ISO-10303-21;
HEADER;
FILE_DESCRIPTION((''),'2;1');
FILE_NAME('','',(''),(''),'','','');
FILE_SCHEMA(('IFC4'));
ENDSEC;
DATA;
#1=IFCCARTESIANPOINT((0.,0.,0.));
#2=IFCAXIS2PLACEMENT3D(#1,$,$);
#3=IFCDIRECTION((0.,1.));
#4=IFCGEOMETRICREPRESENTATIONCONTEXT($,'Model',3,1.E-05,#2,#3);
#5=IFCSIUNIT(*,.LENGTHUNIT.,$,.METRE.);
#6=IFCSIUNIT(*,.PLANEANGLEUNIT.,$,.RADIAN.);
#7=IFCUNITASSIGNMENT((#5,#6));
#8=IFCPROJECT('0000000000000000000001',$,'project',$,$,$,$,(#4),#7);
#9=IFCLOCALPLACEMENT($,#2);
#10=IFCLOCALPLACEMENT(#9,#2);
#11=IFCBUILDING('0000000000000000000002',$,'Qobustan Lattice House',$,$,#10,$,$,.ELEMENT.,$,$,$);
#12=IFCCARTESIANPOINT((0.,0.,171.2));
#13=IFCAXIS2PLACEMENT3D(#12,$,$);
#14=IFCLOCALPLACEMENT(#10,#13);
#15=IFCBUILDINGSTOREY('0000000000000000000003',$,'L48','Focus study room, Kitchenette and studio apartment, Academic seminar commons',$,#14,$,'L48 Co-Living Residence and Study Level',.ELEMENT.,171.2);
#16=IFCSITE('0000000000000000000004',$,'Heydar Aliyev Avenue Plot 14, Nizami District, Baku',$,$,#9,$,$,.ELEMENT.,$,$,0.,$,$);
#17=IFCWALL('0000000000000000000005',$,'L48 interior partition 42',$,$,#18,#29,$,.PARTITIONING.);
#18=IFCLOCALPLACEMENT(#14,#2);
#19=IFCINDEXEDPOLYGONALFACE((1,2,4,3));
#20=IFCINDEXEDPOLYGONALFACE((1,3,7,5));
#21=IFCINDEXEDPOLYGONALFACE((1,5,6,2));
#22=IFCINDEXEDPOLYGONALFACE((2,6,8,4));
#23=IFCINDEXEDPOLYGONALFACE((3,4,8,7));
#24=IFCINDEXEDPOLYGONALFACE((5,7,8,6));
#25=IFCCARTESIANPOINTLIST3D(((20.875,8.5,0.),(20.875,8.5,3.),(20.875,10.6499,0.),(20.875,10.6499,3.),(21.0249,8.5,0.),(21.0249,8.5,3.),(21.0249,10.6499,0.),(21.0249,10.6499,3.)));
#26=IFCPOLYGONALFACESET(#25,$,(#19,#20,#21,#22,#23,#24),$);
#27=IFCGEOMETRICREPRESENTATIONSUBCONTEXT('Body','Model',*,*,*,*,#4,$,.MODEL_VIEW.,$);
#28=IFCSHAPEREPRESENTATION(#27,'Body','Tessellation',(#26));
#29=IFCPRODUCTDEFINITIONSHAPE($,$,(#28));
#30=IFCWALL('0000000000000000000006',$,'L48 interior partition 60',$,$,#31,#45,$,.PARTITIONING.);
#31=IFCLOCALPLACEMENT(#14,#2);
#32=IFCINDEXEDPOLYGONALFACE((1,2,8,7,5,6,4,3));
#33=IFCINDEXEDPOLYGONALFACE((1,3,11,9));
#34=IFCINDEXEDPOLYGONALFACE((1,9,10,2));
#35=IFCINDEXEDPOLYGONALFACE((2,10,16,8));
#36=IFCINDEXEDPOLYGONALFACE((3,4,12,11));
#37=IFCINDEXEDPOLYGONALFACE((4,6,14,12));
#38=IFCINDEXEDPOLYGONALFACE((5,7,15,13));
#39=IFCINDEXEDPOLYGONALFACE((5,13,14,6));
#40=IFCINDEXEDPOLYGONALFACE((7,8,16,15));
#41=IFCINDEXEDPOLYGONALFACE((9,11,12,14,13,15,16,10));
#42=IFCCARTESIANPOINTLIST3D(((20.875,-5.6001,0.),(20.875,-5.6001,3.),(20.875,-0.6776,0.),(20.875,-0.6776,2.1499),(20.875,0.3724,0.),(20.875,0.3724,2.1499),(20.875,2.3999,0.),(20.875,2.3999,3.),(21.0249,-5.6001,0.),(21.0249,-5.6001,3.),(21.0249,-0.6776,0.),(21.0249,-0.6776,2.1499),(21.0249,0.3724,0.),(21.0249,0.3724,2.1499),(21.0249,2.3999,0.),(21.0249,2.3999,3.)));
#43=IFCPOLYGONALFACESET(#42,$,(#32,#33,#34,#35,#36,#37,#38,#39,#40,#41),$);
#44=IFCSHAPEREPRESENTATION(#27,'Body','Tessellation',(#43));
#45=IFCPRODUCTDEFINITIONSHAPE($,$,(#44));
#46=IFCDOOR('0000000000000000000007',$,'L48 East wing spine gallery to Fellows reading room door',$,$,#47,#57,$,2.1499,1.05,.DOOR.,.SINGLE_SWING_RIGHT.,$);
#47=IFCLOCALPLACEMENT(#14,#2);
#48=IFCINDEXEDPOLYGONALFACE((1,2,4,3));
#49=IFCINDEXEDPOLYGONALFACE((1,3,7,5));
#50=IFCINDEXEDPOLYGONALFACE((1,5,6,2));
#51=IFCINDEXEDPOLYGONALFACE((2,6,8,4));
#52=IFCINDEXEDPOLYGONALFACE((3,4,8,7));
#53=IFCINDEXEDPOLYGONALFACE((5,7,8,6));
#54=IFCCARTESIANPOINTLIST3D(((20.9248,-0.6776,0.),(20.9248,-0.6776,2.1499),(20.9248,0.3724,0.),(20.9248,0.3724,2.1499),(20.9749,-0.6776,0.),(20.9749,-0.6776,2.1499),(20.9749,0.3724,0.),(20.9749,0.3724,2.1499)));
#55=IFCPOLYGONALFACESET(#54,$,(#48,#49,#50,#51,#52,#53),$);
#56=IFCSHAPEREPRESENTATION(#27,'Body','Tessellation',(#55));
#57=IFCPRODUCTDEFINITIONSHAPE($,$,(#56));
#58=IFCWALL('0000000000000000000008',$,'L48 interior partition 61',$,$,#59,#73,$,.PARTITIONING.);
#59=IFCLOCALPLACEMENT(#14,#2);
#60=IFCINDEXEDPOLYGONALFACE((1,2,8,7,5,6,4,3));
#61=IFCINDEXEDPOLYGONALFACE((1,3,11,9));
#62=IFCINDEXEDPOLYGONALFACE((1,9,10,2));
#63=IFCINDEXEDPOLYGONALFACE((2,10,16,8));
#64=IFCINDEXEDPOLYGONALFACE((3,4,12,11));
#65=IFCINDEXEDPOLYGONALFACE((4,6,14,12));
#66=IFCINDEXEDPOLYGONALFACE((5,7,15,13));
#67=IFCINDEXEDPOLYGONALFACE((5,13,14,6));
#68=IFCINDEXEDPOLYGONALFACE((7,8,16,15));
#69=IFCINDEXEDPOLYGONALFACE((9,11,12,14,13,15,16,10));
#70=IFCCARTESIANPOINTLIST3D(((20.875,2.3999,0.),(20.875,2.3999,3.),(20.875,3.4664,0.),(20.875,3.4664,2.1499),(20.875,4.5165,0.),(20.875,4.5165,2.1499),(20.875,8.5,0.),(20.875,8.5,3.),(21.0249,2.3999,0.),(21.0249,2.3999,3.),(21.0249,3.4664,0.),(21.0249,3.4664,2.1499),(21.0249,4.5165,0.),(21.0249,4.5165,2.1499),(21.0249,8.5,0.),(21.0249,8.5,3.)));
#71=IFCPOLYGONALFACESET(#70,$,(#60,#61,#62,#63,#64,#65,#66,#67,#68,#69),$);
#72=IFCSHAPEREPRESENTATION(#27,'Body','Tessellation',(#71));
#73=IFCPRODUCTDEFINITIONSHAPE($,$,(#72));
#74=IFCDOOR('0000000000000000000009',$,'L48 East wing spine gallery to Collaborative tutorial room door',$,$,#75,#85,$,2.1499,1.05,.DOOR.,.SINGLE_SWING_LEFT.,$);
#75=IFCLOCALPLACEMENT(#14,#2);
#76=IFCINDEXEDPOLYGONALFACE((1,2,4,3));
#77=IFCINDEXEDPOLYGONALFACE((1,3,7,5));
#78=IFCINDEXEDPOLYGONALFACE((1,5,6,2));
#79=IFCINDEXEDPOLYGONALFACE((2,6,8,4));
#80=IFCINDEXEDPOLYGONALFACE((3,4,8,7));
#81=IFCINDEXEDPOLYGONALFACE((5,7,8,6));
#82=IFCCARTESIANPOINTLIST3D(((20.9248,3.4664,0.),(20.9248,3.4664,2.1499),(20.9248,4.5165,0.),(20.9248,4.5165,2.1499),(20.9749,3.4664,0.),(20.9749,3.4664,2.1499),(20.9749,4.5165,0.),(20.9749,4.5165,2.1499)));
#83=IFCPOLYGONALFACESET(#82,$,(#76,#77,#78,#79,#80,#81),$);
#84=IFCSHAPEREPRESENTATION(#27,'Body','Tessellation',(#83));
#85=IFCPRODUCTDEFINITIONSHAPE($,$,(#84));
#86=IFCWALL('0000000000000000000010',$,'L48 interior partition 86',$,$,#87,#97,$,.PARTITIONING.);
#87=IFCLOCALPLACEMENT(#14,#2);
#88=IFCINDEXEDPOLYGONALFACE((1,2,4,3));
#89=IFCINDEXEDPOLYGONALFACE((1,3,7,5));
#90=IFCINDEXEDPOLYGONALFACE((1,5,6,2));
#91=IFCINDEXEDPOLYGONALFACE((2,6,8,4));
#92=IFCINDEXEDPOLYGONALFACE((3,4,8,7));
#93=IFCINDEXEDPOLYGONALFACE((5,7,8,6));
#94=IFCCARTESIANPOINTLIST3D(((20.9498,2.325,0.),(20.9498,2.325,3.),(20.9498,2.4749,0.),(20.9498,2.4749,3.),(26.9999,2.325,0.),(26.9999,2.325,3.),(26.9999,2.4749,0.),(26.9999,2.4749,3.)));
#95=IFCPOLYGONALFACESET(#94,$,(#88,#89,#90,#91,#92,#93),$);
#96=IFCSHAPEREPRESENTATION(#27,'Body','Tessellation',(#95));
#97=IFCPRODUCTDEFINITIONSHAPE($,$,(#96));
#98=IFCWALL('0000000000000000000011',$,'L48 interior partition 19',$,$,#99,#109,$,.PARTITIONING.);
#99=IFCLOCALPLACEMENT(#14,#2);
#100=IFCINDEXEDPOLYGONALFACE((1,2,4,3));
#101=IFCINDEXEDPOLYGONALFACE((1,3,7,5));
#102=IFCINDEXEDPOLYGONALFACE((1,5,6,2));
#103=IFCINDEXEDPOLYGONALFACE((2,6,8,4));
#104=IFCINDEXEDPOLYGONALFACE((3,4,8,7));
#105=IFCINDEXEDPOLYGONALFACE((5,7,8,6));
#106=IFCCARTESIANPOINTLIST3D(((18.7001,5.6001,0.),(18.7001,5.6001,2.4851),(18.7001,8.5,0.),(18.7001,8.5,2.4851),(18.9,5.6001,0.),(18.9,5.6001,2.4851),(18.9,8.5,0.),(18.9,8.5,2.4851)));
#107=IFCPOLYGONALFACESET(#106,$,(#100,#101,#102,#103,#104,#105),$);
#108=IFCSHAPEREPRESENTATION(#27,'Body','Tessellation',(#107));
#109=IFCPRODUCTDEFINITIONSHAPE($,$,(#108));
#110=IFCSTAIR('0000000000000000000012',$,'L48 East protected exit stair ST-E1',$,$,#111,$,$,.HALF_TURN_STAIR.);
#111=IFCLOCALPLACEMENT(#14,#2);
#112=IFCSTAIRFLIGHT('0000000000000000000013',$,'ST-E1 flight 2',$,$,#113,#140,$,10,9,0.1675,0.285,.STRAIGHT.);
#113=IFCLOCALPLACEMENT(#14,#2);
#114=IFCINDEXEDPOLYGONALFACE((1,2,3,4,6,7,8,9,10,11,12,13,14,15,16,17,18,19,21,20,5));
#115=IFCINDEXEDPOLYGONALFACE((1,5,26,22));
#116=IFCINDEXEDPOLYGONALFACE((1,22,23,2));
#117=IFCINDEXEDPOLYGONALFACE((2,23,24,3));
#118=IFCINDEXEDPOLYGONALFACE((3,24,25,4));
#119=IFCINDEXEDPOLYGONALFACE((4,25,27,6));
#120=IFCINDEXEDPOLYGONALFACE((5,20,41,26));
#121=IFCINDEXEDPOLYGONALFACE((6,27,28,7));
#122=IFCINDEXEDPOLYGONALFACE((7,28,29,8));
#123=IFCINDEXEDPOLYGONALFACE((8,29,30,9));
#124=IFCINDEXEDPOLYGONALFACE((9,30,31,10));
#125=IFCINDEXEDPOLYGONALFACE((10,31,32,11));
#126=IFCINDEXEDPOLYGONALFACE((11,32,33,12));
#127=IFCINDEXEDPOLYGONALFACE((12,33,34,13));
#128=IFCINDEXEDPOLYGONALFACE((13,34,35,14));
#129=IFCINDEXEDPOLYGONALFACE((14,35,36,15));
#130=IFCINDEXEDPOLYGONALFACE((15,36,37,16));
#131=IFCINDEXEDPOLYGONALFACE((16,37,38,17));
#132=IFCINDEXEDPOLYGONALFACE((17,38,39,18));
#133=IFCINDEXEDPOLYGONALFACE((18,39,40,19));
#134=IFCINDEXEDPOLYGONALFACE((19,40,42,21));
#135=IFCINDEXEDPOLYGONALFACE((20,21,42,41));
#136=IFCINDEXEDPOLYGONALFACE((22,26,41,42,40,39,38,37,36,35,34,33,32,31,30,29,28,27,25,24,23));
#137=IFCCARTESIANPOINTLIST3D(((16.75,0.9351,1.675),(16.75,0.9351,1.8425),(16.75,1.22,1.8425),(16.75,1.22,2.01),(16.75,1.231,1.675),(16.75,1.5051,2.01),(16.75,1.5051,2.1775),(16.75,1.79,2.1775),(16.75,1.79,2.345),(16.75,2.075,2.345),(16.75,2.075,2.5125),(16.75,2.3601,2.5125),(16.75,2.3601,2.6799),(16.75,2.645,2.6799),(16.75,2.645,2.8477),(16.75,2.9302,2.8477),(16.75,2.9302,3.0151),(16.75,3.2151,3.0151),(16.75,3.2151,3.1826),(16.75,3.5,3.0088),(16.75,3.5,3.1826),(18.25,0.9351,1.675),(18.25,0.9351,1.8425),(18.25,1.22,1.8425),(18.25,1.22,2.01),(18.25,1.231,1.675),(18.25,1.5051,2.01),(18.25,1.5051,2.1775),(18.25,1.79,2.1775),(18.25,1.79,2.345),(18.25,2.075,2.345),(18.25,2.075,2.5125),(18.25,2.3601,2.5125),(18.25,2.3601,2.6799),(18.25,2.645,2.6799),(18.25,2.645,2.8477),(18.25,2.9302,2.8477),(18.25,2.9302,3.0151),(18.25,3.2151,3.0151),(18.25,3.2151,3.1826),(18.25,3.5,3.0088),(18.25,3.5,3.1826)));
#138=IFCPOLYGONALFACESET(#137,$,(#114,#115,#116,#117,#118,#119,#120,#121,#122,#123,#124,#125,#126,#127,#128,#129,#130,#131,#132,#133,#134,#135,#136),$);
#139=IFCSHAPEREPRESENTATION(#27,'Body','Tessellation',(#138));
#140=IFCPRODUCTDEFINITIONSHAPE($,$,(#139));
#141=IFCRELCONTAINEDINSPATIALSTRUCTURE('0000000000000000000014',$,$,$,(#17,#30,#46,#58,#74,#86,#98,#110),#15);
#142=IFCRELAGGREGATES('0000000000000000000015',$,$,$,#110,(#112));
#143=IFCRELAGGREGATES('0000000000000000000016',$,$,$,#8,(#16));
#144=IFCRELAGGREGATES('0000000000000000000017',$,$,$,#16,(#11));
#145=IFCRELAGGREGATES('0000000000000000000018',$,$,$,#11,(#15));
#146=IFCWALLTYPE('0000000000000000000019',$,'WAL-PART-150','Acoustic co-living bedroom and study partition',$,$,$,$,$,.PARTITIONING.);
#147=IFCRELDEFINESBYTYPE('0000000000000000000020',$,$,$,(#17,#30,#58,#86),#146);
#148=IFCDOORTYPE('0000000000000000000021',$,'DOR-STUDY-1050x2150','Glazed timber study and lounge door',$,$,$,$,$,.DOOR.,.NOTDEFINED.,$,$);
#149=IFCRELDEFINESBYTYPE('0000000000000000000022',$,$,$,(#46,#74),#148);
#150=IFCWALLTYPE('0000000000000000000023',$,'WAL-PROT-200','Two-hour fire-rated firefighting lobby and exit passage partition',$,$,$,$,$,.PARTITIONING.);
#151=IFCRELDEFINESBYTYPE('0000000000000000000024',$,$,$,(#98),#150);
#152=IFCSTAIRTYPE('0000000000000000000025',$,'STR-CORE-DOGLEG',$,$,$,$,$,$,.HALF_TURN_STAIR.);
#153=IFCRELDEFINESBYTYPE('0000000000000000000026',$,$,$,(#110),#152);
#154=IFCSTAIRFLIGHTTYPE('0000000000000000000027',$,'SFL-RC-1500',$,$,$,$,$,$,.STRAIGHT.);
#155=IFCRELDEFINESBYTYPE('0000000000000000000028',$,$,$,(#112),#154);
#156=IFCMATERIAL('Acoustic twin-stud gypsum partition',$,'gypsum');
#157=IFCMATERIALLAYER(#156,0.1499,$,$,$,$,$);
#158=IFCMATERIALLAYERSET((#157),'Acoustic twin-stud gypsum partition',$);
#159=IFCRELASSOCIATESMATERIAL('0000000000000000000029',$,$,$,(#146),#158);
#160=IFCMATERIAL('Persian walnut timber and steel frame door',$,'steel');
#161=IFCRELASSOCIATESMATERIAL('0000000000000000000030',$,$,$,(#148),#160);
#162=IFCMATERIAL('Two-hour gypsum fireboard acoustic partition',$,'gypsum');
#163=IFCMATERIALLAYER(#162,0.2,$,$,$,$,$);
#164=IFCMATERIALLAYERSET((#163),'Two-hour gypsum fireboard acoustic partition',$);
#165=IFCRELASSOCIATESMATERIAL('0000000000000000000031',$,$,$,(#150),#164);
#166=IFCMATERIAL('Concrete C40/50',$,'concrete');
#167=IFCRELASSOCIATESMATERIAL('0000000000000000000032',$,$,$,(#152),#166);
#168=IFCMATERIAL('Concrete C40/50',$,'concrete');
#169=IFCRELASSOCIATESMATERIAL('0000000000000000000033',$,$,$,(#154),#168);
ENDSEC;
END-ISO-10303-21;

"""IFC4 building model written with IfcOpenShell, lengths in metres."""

from ifc_helpers import new_model, si_unit, direction, frame, frame_2d, origin, place, context, subcontext, project, spatial, polyline, rectangle, outline, extrude, material, layer, layer_set, type_object, element, fill, aggregate, save


model = new_model("IFC4")

# Units and contexts
model_context = context("Model", 3, precision=1e-05, world=origin(), true_north=direction((0.0, 1.0)))
body_context = subcontext(model_context, "Body", "Model", "MODEL_VIEW")
ifc_project = project(units=[si_unit("LENGTHUNIT", "METRE"), si_unit("PLANEANGLEUNIT", "RADIAN")], contexts=[model_context])

# Site, building, storey
site_placement = place(None, origin())
site = spatial("IfcSite", under=ifc_project, at=site_placement, Name="Heydar Aliyev Avenue Plot 14, Nizami District, Baku", CompositionType="ELEMENT", RefElevation=0.0)
building_placement = place(site_placement, origin())
building = spatial("IfcBuilding", under=site, at=building_placement, Name="Qobustan Lattice House", CompositionType="ELEMENT")
storey_placement = place(building_placement, frame((0.0, 0.0, 171.2)))
storey = spatial("IfcBuildingStorey", under=building, at=storey_placement, Name="L48", Description="Focus study room, Kitchenette and studio apartment, Academic seminar commons", LongName="L48 Co-Living Residence and Study Level", CompositionType="ELEMENT", Elevation=171.2)

# Wall
ifc_material_1 = material(Name="Acoustic twin-stud gypsum partition", Category="gypsum")
ifc_layer_1 = layer(ifc_material_1, 0.1499)
ifc_layer_set_1 = layer_set([ifc_layer_1], Name="Acoustic twin-stud gypsum partition")
wall_type_1 = type_object("IfcWallType", Name="WAL-PART-150", Description="Acoustic co-living bedroom and study partition", PredefinedType="PARTITIONING", material=ifc_layer_set_1)
wall_1_placement = place(storey_placement, frame((20.95, 10.6499, 0.0), z_axis=(0.0, 0.0, 1.0), x_axis=(0.0, -1.0, 0.0)))
element("IfcWall", 1, at=wall_1_placement, inside=storey, type_object=wall_type_1, Name="L48 interior partition 42", PredefinedType="PARTITIONING", context=body_context, shape_type="SweptSolid", body=[
    extrude(rectangle(XDim=2.1499, YDim=0.1499, at=frame_2d((1.075, 0.0))), origin(), (0.0, 0.0, 1.0), 3.0),
])

# Walls, openings, doors
wall_2_placement = place(storey_placement, frame((20.95, 2.3999, 0.0), z_axis=(0.0, 0.0, 1.0), x_axis=(0.0, -1.0, 0.0)))
wall_2 = element("IfcWall", 2, at=wall_2_placement, inside=storey, type_object=wall_type_1, Name="L48 interior partition 60", PredefinedType="PARTITIONING", context=body_context, shape_type="SweptSolid", body=[
    extrude(rectangle(XDim=8.0, YDim=0.1499, at=frame_2d((4.0, 0.0))), origin(), (0.0, 0.0, 1.0), 3.0),
])
opening_1_placement = place(wall_2_placement, frame((2.0276, 0.0, 0.0)))
opening_1 = element("IfcOpeningElement", 3, at=opening_1_placement, cuts=wall_2, PredefinedType="OPENING", context=body_context, shape_type="SweptSolid", body=[
    extrude(rectangle(XDim=1.05, YDim=2.1499, at=frame_2d((0.5249, 1.075))), frame((0.0, 0.085, 0.0), z_axis=(0.0, -1.0, 0.0), x_axis=(1.0, 0.0, 0.0)), (0.0, 0.0, 1.0), 0.1699),
])
ifc_material_2 = material(Name="Persian walnut timber and steel frame door", Category="steel")
door_type_1 = type_object("IfcDoorType", Name="DOR-STUDY-1050x2150", Description="Glazed timber study and lounge door", OperationType="NOTDEFINED", PredefinedType="DOOR", material=ifc_material_2)
door_1_placement = place(opening_1_placement, origin())
door_1 = element("IfcDoor", 4, at=door_1_placement, inside=storey, type_object=door_type_1, Name="L48 East wing spine gallery to Fellows reading room door", OperationType="SINGLE_SWING_RIGHT", OverallHeight=2.1499, OverallWidth=1.05, PredefinedType="DOOR", context=body_context, shape_type="SweptSolid", body=[
    extrude(rectangle(XDim=1.05, YDim=2.1499, at=frame_2d((0.5249, 1.075))), frame((0.0, 0.0249, 0.0), z_axis=(0.0, -1.0, 0.0), x_axis=(1.0, 0.0, 0.0)), (0.0, 0.0, 1.0), 0.05),
])
fill(opening_1, door_1)
wall_3_placement = place(storey_placement, frame((20.95, 8.5, 0.0), z_axis=(0.0, 0.0, 1.0), x_axis=(0.0, -1.0, 0.0)))
wall_3 = element("IfcWall", 5, at=wall_3_placement, inside=storey, type_object=wall_type_1, Name="L48 interior partition 61", PredefinedType="PARTITIONING", context=body_context, shape_type="SweptSolid", body=[
    extrude(rectangle(XDim=6.1001, YDim=0.1499, at=frame_2d((3.05, 0.0))), origin(), (0.0, 0.0, 1.0), 3.0),
])
opening_2_placement = place(wall_3_placement, frame((3.9836, 0.0, 0.0)))
opening_2 = element("IfcOpeningElement", 6, at=opening_2_placement, cuts=wall_3, PredefinedType="OPENING", context=body_context, shape_type="SweptSolid", body=[
    extrude(rectangle(XDim=1.05, YDim=2.1499, at=frame_2d((0.5249, 1.075))), frame((0.0, 0.085, 0.0), z_axis=(0.0, -1.0, 0.0), x_axis=(1.0, 0.0, 0.0)), (0.0, 0.0, 1.0), 0.1699),
])
door_2_placement = place(opening_2_placement, origin())
door_2 = element("IfcDoor", 7, at=door_2_placement, inside=storey, type_object=door_type_1, Name="L48 East wing spine gallery to Collaborative tutorial room door", OperationType="SINGLE_SWING_LEFT", OverallHeight=2.1499, OverallWidth=1.05, PredefinedType="DOOR", context=body_context, shape_type="SweptSolid", body=[
    extrude(rectangle(XDim=1.05, YDim=2.1499, at=frame_2d((0.5249, 1.075))), frame((0.0, 0.0249, 0.0), z_axis=(0.0, -1.0, 0.0), x_axis=(1.0, 0.0, 0.0)), (0.0, 0.0, 1.0), 0.05),
])
fill(opening_2, door_2)

# Wall
wall_4_placement = place(storey_placement, frame((20.95, 2.3999, 0.0), z_axis=(0.0, 0.0, 1.0), x_axis=(1.0, 0.0, 0.0)))
element("IfcWall", 8, at=wall_4_placement, inside=storey, type_object=wall_type_1, Name="L48 interior partition 86", PredefinedType="PARTITIONING", context=body_context, shape_type="SweptSolid", body=[
    extrude(rectangle(XDim=6.05, YDim=0.1499, at=frame_2d((3.0249, 0.0))), origin(), (0.0, 0.0, 1.0), 3.0),
])

# Shared definitions
ifc_material_3 = material(Name="Two-hour gypsum fireboard acoustic partition", Category="gypsum")
ifc_layer_2 = layer(ifc_material_3, 0.2)
ifc_layer_set_2 = layer_set([ifc_layer_2], Name="Two-hour gypsum fireboard acoustic partition")
wall_type_2 = type_object("IfcWallType", Name="WAL-PROT-200", Description="Two-hour fire-rated firefighting lobby and exit passage partition", PredefinedType="PARTITIONING", material=ifc_layer_set_2)

# Wall
wall_5_placement = place(storey_placement, frame((18.8, 5.6001, 0.0), z_axis=(0.0, 0.0, 1.0), x_axis=(0.0, 1.0, 0.0)))
element("IfcWall", 9, at=wall_5_placement, inside=storey, type_object=wall_type_2, Name="L48 interior partition 19", PredefinedType="PARTITIONING", context=body_context, shape_type="SweptSolid", body=[
    extrude(rectangle(XDim=2.8999, YDim=0.2, at=frame_2d((1.45, 0.0))), origin(), (0.0, 0.0, 1.0), 2.4851),
])

# Stair, stair flight
ifc_material_4 = material(Name="Concrete C40/50", Category="concrete")
stair_type = type_object("IfcStairType", Name="STR-CORE-DOGLEG", PredefinedType="HALF_TURN_STAIR", material=ifc_material_4)
stair_placement = place(storey_placement, origin())
stair = element("IfcStair", 10, at=stair_placement, inside=storey, type_object=stair_type, Name="L48 East protected exit stair ST-E1", PredefinedType="HALF_TURN_STAIR")
ifc_material_5 = material(Name="Concrete C40/50", Category="concrete")
stair_flight_type = type_object("IfcStairFlightType", Name="SFL-RC-1500", PredefinedType="STRAIGHT", material=ifc_material_5)
stair_flight_placement = place(storey_placement, frame((17.5, 0.9351, 1.675), z_axis=(0.0, 0.0, 1.0), x_axis=(0.0, 1.0, 0.0)))
stair_flight = element("IfcStairFlight", 11, at=stair_flight_placement, type_object=stair_flight_type, Name="ST-E1 flight 2", NumberOfRisers=10, NumberOfTreads=9, PredefinedType="STRAIGHT", RiserHeight=0.1675, TreadLength=0.285, context=body_context, shape_type="SweptSolid", body=[
    extrude(outline(polyline([(0.0, 0.0), (0.0, 0.1675), (0.2849, 0.1675), (0.2849, 0.335), (0.5701, 0.335), (0.5701, 0.5024), (0.855, 0.5024), (0.855, 0.6699), (1.1399, 0.6699), (1.1399, 0.8374), (1.425, 0.8374), (1.425, 1.0049), (1.71, 1.0049), (1.71, 1.1726), (1.9951, 1.1726), (1.9951, 1.3401), (2.28, 1.3401), (2.28, 1.5076), (2.5649, 1.5076), (2.5649, 1.675), (2.5649, 1.3337), (0.2959, 0.0), (0.0, 0.0)])), frame((0.0, 0.75, 0.0), z_axis=(0.0, -1.0, 0.0), x_axis=(1.0, 0.0, 0.0)), (0.0, 0.0, 1.0), 1.5),
])
aggregate(stair, [stair_flight])

save(model, "model.ifc")
